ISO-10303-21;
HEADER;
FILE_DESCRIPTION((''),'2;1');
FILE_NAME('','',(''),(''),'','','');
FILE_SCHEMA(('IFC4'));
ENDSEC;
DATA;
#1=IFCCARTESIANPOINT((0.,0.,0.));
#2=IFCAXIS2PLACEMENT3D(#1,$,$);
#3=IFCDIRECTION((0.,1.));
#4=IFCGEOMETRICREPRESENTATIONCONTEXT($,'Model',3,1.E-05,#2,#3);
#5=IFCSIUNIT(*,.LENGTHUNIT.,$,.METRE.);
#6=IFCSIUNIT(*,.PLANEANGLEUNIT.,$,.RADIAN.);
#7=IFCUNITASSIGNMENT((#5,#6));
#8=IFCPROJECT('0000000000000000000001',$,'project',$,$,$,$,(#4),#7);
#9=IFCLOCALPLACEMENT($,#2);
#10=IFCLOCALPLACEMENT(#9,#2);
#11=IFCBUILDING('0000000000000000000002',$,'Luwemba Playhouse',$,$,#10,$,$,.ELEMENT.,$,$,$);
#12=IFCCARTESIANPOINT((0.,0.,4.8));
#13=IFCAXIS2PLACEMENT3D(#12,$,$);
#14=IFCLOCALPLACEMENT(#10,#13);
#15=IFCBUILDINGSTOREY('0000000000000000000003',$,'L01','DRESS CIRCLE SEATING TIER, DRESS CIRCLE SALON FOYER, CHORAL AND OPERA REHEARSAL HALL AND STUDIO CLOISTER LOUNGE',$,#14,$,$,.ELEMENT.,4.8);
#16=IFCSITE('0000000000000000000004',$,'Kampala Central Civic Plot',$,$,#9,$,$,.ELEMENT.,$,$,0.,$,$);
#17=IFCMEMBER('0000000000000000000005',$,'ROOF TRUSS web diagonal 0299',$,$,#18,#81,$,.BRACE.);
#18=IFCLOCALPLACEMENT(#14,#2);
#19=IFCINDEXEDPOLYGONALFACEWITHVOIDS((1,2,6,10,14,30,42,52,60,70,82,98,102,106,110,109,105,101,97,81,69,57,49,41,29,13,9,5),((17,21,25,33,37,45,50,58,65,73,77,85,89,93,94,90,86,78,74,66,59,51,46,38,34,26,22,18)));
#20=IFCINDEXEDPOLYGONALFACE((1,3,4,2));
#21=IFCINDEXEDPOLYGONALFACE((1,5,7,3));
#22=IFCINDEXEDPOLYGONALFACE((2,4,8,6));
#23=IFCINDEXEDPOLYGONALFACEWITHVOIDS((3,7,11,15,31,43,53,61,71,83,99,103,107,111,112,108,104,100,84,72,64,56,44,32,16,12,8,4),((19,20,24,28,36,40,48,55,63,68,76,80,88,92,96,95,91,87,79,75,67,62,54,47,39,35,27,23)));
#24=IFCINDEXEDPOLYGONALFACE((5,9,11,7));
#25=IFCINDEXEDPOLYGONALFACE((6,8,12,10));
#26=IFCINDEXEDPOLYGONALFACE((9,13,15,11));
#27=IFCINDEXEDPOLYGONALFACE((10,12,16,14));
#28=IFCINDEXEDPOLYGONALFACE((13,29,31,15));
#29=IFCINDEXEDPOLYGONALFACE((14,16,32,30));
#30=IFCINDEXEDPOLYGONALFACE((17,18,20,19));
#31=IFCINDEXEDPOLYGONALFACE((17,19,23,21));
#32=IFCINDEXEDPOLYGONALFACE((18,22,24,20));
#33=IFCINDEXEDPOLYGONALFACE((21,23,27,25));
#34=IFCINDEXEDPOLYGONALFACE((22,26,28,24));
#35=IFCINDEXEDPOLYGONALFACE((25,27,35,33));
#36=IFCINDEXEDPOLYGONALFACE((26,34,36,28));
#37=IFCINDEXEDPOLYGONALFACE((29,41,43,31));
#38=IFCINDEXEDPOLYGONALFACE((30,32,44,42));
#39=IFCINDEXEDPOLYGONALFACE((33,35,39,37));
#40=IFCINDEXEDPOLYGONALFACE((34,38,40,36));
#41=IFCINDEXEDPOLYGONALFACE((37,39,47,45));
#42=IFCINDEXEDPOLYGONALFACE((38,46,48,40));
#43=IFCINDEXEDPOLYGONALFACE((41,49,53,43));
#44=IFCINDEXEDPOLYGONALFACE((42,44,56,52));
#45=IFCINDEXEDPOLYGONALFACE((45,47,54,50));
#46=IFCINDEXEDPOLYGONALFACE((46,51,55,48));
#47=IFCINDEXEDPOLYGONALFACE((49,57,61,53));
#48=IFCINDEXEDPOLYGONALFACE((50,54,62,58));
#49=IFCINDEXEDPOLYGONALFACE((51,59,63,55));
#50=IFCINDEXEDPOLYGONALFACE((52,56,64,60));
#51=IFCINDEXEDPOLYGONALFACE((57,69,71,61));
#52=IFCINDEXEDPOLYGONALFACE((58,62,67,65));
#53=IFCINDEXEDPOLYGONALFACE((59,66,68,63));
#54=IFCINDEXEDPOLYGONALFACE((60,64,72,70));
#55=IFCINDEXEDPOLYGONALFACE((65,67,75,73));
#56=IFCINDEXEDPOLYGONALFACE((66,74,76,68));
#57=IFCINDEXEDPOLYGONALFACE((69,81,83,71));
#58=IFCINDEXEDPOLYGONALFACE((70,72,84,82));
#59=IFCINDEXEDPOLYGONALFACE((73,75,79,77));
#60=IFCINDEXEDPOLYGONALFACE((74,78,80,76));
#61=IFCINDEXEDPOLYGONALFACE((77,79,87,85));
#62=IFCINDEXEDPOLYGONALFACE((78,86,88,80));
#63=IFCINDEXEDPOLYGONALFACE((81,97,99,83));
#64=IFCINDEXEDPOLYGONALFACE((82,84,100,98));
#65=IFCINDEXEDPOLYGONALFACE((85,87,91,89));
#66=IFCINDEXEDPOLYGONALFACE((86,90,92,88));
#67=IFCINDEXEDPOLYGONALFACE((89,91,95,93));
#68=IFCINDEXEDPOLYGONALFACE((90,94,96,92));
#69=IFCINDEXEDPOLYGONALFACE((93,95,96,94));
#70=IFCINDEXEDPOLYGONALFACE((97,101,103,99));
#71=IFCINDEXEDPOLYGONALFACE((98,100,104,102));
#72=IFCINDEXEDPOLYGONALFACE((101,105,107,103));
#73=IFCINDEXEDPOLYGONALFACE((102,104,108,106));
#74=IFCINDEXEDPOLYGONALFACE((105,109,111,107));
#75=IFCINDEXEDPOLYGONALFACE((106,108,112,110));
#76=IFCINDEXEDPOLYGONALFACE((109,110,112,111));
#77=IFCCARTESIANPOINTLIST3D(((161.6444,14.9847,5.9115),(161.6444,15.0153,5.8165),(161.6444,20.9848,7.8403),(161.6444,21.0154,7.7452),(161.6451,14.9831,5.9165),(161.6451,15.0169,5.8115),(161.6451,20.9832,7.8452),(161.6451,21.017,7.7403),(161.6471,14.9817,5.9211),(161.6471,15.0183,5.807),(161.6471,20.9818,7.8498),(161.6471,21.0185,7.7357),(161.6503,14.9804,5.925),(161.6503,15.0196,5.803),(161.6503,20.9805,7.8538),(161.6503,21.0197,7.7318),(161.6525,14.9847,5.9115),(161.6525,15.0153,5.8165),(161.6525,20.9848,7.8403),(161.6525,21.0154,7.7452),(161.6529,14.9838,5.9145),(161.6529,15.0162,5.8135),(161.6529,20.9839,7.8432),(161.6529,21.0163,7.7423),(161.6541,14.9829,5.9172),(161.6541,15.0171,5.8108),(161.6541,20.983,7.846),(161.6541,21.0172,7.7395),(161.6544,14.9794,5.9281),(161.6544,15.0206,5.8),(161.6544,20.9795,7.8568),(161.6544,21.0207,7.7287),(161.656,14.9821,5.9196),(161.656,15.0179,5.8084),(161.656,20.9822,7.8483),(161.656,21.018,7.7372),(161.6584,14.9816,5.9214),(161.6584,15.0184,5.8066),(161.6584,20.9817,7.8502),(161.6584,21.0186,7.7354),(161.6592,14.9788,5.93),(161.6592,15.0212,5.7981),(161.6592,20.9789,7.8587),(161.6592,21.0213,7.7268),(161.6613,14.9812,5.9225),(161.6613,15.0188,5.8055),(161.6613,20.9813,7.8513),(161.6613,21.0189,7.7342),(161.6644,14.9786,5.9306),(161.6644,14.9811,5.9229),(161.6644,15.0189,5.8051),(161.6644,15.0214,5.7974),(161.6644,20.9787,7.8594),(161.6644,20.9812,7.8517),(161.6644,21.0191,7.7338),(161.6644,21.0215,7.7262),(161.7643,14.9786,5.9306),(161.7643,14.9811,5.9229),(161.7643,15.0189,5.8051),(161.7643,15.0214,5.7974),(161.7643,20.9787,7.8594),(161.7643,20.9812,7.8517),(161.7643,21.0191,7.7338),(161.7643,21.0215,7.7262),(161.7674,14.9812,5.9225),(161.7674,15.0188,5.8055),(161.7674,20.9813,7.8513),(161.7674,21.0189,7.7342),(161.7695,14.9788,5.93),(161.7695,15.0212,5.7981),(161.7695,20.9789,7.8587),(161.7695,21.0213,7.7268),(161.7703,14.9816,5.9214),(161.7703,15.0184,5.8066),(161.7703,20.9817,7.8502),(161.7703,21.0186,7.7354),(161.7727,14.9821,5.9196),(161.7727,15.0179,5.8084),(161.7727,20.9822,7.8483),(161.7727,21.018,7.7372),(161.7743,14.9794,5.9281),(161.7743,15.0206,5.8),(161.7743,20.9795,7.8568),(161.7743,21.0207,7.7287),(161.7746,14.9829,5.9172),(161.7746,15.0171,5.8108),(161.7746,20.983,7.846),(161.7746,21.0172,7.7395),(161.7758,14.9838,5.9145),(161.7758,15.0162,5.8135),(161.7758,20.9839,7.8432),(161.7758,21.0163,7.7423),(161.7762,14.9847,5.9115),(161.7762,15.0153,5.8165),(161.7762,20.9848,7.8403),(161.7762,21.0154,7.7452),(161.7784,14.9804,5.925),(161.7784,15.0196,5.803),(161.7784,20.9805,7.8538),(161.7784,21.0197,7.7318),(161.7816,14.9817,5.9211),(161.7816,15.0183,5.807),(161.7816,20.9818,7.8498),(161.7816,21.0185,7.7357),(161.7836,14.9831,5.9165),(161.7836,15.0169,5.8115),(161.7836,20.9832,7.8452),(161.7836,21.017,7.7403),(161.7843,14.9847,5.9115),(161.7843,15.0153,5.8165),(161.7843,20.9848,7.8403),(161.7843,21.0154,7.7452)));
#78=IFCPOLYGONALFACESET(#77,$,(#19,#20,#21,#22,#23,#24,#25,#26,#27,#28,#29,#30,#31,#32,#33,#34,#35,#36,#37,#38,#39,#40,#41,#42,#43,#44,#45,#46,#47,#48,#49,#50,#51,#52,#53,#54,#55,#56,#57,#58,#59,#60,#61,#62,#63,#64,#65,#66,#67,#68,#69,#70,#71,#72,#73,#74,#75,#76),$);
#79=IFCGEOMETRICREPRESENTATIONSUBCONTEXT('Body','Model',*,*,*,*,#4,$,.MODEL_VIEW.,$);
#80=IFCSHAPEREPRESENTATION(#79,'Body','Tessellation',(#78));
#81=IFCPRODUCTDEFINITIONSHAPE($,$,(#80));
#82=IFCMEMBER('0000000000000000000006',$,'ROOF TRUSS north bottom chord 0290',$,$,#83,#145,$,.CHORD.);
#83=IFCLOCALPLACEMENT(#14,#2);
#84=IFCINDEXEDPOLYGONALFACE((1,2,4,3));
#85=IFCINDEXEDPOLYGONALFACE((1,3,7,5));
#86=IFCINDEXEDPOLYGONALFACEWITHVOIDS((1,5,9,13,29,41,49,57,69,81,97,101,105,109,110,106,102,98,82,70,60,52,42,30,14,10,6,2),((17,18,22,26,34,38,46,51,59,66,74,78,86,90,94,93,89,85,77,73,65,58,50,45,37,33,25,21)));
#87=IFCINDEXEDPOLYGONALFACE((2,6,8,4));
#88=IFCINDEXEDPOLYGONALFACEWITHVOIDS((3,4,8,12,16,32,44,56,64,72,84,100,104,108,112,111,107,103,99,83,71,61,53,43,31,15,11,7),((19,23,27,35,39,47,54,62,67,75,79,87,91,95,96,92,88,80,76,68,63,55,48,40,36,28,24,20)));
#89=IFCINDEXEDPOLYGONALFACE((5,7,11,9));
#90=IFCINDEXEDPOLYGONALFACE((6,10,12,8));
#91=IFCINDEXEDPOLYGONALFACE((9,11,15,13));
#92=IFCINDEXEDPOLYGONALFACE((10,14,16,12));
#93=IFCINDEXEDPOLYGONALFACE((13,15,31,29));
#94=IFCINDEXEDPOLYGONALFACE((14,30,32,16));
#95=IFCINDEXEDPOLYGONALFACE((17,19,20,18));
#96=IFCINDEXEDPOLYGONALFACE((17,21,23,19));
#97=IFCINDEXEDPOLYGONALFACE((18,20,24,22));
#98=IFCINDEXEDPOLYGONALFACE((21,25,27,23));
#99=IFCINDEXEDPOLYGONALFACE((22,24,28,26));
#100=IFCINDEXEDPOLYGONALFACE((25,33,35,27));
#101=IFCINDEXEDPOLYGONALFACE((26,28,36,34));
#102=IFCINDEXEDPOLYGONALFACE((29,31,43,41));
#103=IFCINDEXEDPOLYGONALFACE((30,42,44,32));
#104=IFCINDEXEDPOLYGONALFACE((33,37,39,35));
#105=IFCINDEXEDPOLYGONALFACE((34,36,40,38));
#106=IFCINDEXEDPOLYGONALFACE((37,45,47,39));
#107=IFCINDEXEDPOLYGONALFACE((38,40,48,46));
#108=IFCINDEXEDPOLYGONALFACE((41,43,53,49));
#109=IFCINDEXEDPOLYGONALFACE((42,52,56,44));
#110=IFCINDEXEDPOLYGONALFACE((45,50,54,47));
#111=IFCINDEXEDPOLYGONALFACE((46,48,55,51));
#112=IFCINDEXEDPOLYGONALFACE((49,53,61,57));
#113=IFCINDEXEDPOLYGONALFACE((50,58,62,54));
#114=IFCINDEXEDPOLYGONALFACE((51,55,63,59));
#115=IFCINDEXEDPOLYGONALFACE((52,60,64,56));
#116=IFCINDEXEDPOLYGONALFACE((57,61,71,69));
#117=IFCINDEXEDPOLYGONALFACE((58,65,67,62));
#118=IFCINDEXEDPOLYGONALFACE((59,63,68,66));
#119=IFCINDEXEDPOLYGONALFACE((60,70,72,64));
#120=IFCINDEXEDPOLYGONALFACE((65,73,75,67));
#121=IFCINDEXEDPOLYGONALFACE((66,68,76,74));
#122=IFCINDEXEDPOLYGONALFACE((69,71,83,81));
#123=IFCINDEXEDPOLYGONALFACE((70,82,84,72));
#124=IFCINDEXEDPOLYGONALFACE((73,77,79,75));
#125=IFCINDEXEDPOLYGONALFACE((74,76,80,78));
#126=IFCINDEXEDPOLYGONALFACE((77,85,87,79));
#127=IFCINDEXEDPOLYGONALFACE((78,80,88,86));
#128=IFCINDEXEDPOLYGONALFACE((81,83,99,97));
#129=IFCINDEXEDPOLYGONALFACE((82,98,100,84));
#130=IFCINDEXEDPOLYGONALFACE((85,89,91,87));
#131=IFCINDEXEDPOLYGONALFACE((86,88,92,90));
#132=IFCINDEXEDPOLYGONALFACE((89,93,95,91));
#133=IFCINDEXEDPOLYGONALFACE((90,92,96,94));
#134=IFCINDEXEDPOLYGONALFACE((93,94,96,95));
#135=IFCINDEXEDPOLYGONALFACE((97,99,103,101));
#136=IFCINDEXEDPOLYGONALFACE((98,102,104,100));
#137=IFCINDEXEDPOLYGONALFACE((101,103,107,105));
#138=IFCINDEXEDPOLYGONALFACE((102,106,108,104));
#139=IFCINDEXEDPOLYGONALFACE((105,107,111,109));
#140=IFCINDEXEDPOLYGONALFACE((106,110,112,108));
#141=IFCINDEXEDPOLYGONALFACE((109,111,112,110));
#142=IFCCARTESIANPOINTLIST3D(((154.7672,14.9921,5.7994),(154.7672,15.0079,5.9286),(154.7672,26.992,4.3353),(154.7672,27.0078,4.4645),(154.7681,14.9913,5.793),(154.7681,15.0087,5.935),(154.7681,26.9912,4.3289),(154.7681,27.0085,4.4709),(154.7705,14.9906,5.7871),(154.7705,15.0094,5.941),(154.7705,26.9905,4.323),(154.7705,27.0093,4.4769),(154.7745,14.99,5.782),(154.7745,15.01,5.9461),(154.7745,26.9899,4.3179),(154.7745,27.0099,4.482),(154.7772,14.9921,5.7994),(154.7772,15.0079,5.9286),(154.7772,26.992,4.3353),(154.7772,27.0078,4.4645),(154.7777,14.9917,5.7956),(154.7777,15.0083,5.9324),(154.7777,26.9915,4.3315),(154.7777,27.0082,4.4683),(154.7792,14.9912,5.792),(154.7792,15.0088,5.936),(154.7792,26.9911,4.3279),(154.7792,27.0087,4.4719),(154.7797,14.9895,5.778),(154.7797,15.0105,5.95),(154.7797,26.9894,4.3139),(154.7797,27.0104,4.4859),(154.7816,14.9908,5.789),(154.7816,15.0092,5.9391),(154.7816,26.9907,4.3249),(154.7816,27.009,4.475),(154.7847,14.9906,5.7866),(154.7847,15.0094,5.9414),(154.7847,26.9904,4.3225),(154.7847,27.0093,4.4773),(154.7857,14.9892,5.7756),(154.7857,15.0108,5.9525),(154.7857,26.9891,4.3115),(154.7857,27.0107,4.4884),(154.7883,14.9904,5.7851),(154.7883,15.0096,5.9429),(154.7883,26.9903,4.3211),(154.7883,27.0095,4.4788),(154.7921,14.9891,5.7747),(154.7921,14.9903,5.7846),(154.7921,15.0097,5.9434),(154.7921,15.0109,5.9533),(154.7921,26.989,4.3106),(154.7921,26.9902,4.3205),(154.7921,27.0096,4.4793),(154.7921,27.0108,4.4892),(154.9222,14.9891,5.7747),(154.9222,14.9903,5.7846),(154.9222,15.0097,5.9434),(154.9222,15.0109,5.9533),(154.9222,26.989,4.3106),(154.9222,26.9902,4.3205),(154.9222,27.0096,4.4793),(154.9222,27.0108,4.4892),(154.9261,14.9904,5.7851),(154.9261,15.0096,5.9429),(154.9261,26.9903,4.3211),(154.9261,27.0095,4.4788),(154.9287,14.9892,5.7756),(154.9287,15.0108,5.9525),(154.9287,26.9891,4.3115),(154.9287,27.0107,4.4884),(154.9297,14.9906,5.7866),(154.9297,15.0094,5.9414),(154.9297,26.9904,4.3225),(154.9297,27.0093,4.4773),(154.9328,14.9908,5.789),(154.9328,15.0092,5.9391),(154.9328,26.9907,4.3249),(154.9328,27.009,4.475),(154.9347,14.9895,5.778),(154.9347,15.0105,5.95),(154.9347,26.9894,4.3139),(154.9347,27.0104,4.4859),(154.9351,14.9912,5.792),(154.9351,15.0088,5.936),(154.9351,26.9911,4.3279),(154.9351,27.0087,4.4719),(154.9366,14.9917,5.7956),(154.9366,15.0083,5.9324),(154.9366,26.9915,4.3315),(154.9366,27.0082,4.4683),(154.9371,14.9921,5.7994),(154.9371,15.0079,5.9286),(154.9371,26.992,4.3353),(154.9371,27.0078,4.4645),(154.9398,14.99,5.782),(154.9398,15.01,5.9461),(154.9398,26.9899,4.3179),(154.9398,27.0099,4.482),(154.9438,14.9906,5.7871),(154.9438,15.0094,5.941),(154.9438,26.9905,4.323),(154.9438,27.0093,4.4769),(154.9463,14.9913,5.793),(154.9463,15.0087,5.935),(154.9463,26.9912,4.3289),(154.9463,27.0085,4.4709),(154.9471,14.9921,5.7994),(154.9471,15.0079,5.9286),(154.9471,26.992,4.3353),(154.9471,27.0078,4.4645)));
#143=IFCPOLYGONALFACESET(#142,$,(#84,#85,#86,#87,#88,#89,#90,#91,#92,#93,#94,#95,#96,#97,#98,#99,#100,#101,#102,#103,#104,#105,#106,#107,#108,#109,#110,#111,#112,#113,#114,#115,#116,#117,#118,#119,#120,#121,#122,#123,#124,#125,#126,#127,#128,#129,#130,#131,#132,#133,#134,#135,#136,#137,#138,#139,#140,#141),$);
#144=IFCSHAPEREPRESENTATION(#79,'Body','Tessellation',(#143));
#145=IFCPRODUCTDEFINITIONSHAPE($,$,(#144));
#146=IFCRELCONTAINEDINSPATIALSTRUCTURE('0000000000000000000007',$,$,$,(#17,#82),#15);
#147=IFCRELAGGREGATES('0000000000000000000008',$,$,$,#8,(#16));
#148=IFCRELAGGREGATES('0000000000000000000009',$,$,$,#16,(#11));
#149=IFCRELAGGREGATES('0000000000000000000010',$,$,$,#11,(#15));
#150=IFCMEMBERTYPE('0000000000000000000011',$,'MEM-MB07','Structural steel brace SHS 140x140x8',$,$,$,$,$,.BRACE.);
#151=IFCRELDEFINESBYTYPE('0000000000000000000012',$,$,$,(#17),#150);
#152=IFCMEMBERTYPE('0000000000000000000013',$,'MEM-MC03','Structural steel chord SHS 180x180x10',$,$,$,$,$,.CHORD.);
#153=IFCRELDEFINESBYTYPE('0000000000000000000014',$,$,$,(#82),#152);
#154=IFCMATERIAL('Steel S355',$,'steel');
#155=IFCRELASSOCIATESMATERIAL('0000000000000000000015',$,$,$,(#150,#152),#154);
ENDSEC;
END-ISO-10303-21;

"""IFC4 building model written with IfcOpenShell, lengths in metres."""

from ifc_helpers import new_model, si_unit, direction, frame, origin, origin_2d, place, context, subcontext, project, spatial, hollow_rectangle, extrude, material, material_profile, profile_set, type_object, element, save


model = new_model("IFC4")

# Units and contexts
model_context = context("Model", 3, precision=1e-05, world=origin(), true_north=direction((0.0, 1.0)))
body_context = subcontext(model_context, "Body", "Model", "MODEL_VIEW")
ifc_project = project(units=[si_unit("LENGTHUNIT", "METRE"), si_unit("PLANEANGLEUNIT", "RADIAN")], contexts=[model_context])

# Site, building, storey
site_placement = place(None, origin())
site = spatial("IfcSite", under=ifc_project, at=site_placement, Name="Kampala Central Civic Plot", CompositionType="ELEMENT", RefElevation=0.0)
building_placement = place(site_placement, origin())
building = spatial("IfcBuilding", under=site, at=building_placement, Name="Luwemba Playhouse", CompositionType="ELEMENT")
storey_placement = place(building_placement, frame((0.0, 0.0, 4.8)))
storey = spatial("IfcBuildingStorey", under=building, at=storey_placement, Name="L01", Description="DRESS CIRCLE SEATING TIER, DRESS CIRCLE SALON FOYER, CHORAL AND OPERA REHEARSAL HALL AND STUDIO CLOISTER LOUNGE", CompositionType="ELEMENT", Elevation=4.8)

# Shared definitions
ifc_material_1 = material(Name="Steel S355", Category="steel")

# Members
ifc_material_profile_1 = material_profile(ifc_material_1, hollow_rectangle(XDim=0.1399, YDim=0.1399, WallThickness=0.0081, InnerFilletRadius=0.012, OuterFilletRadius=0.02, at=origin_2d()))
ifc_profile_set_1 = profile_set([ifc_material_profile_1], Name="Steel S355")
member_type_1 = type_object("IfcMemberType", Name="MEM-MB07", Description="Structural steel brace SHS 140x140x8", PredefinedType="BRACE", material=ifc_profile_set_1)
for number, where, z_axis, x_axis, name in (
    (1, (161.7144, 15.0, 5.864), (0.0, 0.952022, 0.306029), (-1.0, 0.0, 0.0), "ROOF TRUSS web diagonal 0299"),
):
    element("IfcMember", number, at=place(storey_placement, frame(where, z_axis=z_axis, x_axis=x_axis)), inside=storey, type_object=member_type_1, Name=name, PredefinedType="BRACE", context=body_context, shape_type="SweptSolid", body=[
        extrude(hollow_rectangle(XDim=0.1399, YDim=0.1399, WallThickness=0.0081, InnerFilletRadius=0.012, OuterFilletRadius=0.02, at=origin_2d()), origin(), (0.0, 0.0, 1.0), 6.3025),
    ])
ifc_material_profile_2 = material_profile(ifc_material_1, hollow_rectangle(XDim=0.1799, YDim=0.1799, WallThickness=0.01, InnerFilletRadius=0.0149, OuterFilletRadius=0.0249, at=origin_2d()))
ifc_profile_set_2 = profile_set([ifc_material_profile_2], Name="Steel S355")
member_type_2 = type_object("IfcMemberType", Name="MEM-MC03", Description="Structural steel chord SHS 180x180x10", PredefinedType="CHORD", material=ifc_profile_set_2)
member_1_placement = place(storey_placement, frame((154.8572, 15.0, 5.864), z_axis=(0.0, 0.992639, -0.121111), x_axis=(-1.0, 0.0, 0.0)))
element("IfcMember", 2, at=member_1_placement, inside=storey, type_object=member_type_2, Name="ROOF TRUSS north bottom chord 0290", PredefinedType="CHORD", context=body_context, shape_type="SweptSolid", body=[
    extrude(hollow_rectangle(XDim=0.1799, YDim=0.1799, WallThickness=0.01, InnerFilletRadius=0.0149, OuterFilletRadius=0.0249, at=origin_2d()), origin(), (0.0, 0.0, 1.0), 12.0889),
])

save(model, "model.ifc")
